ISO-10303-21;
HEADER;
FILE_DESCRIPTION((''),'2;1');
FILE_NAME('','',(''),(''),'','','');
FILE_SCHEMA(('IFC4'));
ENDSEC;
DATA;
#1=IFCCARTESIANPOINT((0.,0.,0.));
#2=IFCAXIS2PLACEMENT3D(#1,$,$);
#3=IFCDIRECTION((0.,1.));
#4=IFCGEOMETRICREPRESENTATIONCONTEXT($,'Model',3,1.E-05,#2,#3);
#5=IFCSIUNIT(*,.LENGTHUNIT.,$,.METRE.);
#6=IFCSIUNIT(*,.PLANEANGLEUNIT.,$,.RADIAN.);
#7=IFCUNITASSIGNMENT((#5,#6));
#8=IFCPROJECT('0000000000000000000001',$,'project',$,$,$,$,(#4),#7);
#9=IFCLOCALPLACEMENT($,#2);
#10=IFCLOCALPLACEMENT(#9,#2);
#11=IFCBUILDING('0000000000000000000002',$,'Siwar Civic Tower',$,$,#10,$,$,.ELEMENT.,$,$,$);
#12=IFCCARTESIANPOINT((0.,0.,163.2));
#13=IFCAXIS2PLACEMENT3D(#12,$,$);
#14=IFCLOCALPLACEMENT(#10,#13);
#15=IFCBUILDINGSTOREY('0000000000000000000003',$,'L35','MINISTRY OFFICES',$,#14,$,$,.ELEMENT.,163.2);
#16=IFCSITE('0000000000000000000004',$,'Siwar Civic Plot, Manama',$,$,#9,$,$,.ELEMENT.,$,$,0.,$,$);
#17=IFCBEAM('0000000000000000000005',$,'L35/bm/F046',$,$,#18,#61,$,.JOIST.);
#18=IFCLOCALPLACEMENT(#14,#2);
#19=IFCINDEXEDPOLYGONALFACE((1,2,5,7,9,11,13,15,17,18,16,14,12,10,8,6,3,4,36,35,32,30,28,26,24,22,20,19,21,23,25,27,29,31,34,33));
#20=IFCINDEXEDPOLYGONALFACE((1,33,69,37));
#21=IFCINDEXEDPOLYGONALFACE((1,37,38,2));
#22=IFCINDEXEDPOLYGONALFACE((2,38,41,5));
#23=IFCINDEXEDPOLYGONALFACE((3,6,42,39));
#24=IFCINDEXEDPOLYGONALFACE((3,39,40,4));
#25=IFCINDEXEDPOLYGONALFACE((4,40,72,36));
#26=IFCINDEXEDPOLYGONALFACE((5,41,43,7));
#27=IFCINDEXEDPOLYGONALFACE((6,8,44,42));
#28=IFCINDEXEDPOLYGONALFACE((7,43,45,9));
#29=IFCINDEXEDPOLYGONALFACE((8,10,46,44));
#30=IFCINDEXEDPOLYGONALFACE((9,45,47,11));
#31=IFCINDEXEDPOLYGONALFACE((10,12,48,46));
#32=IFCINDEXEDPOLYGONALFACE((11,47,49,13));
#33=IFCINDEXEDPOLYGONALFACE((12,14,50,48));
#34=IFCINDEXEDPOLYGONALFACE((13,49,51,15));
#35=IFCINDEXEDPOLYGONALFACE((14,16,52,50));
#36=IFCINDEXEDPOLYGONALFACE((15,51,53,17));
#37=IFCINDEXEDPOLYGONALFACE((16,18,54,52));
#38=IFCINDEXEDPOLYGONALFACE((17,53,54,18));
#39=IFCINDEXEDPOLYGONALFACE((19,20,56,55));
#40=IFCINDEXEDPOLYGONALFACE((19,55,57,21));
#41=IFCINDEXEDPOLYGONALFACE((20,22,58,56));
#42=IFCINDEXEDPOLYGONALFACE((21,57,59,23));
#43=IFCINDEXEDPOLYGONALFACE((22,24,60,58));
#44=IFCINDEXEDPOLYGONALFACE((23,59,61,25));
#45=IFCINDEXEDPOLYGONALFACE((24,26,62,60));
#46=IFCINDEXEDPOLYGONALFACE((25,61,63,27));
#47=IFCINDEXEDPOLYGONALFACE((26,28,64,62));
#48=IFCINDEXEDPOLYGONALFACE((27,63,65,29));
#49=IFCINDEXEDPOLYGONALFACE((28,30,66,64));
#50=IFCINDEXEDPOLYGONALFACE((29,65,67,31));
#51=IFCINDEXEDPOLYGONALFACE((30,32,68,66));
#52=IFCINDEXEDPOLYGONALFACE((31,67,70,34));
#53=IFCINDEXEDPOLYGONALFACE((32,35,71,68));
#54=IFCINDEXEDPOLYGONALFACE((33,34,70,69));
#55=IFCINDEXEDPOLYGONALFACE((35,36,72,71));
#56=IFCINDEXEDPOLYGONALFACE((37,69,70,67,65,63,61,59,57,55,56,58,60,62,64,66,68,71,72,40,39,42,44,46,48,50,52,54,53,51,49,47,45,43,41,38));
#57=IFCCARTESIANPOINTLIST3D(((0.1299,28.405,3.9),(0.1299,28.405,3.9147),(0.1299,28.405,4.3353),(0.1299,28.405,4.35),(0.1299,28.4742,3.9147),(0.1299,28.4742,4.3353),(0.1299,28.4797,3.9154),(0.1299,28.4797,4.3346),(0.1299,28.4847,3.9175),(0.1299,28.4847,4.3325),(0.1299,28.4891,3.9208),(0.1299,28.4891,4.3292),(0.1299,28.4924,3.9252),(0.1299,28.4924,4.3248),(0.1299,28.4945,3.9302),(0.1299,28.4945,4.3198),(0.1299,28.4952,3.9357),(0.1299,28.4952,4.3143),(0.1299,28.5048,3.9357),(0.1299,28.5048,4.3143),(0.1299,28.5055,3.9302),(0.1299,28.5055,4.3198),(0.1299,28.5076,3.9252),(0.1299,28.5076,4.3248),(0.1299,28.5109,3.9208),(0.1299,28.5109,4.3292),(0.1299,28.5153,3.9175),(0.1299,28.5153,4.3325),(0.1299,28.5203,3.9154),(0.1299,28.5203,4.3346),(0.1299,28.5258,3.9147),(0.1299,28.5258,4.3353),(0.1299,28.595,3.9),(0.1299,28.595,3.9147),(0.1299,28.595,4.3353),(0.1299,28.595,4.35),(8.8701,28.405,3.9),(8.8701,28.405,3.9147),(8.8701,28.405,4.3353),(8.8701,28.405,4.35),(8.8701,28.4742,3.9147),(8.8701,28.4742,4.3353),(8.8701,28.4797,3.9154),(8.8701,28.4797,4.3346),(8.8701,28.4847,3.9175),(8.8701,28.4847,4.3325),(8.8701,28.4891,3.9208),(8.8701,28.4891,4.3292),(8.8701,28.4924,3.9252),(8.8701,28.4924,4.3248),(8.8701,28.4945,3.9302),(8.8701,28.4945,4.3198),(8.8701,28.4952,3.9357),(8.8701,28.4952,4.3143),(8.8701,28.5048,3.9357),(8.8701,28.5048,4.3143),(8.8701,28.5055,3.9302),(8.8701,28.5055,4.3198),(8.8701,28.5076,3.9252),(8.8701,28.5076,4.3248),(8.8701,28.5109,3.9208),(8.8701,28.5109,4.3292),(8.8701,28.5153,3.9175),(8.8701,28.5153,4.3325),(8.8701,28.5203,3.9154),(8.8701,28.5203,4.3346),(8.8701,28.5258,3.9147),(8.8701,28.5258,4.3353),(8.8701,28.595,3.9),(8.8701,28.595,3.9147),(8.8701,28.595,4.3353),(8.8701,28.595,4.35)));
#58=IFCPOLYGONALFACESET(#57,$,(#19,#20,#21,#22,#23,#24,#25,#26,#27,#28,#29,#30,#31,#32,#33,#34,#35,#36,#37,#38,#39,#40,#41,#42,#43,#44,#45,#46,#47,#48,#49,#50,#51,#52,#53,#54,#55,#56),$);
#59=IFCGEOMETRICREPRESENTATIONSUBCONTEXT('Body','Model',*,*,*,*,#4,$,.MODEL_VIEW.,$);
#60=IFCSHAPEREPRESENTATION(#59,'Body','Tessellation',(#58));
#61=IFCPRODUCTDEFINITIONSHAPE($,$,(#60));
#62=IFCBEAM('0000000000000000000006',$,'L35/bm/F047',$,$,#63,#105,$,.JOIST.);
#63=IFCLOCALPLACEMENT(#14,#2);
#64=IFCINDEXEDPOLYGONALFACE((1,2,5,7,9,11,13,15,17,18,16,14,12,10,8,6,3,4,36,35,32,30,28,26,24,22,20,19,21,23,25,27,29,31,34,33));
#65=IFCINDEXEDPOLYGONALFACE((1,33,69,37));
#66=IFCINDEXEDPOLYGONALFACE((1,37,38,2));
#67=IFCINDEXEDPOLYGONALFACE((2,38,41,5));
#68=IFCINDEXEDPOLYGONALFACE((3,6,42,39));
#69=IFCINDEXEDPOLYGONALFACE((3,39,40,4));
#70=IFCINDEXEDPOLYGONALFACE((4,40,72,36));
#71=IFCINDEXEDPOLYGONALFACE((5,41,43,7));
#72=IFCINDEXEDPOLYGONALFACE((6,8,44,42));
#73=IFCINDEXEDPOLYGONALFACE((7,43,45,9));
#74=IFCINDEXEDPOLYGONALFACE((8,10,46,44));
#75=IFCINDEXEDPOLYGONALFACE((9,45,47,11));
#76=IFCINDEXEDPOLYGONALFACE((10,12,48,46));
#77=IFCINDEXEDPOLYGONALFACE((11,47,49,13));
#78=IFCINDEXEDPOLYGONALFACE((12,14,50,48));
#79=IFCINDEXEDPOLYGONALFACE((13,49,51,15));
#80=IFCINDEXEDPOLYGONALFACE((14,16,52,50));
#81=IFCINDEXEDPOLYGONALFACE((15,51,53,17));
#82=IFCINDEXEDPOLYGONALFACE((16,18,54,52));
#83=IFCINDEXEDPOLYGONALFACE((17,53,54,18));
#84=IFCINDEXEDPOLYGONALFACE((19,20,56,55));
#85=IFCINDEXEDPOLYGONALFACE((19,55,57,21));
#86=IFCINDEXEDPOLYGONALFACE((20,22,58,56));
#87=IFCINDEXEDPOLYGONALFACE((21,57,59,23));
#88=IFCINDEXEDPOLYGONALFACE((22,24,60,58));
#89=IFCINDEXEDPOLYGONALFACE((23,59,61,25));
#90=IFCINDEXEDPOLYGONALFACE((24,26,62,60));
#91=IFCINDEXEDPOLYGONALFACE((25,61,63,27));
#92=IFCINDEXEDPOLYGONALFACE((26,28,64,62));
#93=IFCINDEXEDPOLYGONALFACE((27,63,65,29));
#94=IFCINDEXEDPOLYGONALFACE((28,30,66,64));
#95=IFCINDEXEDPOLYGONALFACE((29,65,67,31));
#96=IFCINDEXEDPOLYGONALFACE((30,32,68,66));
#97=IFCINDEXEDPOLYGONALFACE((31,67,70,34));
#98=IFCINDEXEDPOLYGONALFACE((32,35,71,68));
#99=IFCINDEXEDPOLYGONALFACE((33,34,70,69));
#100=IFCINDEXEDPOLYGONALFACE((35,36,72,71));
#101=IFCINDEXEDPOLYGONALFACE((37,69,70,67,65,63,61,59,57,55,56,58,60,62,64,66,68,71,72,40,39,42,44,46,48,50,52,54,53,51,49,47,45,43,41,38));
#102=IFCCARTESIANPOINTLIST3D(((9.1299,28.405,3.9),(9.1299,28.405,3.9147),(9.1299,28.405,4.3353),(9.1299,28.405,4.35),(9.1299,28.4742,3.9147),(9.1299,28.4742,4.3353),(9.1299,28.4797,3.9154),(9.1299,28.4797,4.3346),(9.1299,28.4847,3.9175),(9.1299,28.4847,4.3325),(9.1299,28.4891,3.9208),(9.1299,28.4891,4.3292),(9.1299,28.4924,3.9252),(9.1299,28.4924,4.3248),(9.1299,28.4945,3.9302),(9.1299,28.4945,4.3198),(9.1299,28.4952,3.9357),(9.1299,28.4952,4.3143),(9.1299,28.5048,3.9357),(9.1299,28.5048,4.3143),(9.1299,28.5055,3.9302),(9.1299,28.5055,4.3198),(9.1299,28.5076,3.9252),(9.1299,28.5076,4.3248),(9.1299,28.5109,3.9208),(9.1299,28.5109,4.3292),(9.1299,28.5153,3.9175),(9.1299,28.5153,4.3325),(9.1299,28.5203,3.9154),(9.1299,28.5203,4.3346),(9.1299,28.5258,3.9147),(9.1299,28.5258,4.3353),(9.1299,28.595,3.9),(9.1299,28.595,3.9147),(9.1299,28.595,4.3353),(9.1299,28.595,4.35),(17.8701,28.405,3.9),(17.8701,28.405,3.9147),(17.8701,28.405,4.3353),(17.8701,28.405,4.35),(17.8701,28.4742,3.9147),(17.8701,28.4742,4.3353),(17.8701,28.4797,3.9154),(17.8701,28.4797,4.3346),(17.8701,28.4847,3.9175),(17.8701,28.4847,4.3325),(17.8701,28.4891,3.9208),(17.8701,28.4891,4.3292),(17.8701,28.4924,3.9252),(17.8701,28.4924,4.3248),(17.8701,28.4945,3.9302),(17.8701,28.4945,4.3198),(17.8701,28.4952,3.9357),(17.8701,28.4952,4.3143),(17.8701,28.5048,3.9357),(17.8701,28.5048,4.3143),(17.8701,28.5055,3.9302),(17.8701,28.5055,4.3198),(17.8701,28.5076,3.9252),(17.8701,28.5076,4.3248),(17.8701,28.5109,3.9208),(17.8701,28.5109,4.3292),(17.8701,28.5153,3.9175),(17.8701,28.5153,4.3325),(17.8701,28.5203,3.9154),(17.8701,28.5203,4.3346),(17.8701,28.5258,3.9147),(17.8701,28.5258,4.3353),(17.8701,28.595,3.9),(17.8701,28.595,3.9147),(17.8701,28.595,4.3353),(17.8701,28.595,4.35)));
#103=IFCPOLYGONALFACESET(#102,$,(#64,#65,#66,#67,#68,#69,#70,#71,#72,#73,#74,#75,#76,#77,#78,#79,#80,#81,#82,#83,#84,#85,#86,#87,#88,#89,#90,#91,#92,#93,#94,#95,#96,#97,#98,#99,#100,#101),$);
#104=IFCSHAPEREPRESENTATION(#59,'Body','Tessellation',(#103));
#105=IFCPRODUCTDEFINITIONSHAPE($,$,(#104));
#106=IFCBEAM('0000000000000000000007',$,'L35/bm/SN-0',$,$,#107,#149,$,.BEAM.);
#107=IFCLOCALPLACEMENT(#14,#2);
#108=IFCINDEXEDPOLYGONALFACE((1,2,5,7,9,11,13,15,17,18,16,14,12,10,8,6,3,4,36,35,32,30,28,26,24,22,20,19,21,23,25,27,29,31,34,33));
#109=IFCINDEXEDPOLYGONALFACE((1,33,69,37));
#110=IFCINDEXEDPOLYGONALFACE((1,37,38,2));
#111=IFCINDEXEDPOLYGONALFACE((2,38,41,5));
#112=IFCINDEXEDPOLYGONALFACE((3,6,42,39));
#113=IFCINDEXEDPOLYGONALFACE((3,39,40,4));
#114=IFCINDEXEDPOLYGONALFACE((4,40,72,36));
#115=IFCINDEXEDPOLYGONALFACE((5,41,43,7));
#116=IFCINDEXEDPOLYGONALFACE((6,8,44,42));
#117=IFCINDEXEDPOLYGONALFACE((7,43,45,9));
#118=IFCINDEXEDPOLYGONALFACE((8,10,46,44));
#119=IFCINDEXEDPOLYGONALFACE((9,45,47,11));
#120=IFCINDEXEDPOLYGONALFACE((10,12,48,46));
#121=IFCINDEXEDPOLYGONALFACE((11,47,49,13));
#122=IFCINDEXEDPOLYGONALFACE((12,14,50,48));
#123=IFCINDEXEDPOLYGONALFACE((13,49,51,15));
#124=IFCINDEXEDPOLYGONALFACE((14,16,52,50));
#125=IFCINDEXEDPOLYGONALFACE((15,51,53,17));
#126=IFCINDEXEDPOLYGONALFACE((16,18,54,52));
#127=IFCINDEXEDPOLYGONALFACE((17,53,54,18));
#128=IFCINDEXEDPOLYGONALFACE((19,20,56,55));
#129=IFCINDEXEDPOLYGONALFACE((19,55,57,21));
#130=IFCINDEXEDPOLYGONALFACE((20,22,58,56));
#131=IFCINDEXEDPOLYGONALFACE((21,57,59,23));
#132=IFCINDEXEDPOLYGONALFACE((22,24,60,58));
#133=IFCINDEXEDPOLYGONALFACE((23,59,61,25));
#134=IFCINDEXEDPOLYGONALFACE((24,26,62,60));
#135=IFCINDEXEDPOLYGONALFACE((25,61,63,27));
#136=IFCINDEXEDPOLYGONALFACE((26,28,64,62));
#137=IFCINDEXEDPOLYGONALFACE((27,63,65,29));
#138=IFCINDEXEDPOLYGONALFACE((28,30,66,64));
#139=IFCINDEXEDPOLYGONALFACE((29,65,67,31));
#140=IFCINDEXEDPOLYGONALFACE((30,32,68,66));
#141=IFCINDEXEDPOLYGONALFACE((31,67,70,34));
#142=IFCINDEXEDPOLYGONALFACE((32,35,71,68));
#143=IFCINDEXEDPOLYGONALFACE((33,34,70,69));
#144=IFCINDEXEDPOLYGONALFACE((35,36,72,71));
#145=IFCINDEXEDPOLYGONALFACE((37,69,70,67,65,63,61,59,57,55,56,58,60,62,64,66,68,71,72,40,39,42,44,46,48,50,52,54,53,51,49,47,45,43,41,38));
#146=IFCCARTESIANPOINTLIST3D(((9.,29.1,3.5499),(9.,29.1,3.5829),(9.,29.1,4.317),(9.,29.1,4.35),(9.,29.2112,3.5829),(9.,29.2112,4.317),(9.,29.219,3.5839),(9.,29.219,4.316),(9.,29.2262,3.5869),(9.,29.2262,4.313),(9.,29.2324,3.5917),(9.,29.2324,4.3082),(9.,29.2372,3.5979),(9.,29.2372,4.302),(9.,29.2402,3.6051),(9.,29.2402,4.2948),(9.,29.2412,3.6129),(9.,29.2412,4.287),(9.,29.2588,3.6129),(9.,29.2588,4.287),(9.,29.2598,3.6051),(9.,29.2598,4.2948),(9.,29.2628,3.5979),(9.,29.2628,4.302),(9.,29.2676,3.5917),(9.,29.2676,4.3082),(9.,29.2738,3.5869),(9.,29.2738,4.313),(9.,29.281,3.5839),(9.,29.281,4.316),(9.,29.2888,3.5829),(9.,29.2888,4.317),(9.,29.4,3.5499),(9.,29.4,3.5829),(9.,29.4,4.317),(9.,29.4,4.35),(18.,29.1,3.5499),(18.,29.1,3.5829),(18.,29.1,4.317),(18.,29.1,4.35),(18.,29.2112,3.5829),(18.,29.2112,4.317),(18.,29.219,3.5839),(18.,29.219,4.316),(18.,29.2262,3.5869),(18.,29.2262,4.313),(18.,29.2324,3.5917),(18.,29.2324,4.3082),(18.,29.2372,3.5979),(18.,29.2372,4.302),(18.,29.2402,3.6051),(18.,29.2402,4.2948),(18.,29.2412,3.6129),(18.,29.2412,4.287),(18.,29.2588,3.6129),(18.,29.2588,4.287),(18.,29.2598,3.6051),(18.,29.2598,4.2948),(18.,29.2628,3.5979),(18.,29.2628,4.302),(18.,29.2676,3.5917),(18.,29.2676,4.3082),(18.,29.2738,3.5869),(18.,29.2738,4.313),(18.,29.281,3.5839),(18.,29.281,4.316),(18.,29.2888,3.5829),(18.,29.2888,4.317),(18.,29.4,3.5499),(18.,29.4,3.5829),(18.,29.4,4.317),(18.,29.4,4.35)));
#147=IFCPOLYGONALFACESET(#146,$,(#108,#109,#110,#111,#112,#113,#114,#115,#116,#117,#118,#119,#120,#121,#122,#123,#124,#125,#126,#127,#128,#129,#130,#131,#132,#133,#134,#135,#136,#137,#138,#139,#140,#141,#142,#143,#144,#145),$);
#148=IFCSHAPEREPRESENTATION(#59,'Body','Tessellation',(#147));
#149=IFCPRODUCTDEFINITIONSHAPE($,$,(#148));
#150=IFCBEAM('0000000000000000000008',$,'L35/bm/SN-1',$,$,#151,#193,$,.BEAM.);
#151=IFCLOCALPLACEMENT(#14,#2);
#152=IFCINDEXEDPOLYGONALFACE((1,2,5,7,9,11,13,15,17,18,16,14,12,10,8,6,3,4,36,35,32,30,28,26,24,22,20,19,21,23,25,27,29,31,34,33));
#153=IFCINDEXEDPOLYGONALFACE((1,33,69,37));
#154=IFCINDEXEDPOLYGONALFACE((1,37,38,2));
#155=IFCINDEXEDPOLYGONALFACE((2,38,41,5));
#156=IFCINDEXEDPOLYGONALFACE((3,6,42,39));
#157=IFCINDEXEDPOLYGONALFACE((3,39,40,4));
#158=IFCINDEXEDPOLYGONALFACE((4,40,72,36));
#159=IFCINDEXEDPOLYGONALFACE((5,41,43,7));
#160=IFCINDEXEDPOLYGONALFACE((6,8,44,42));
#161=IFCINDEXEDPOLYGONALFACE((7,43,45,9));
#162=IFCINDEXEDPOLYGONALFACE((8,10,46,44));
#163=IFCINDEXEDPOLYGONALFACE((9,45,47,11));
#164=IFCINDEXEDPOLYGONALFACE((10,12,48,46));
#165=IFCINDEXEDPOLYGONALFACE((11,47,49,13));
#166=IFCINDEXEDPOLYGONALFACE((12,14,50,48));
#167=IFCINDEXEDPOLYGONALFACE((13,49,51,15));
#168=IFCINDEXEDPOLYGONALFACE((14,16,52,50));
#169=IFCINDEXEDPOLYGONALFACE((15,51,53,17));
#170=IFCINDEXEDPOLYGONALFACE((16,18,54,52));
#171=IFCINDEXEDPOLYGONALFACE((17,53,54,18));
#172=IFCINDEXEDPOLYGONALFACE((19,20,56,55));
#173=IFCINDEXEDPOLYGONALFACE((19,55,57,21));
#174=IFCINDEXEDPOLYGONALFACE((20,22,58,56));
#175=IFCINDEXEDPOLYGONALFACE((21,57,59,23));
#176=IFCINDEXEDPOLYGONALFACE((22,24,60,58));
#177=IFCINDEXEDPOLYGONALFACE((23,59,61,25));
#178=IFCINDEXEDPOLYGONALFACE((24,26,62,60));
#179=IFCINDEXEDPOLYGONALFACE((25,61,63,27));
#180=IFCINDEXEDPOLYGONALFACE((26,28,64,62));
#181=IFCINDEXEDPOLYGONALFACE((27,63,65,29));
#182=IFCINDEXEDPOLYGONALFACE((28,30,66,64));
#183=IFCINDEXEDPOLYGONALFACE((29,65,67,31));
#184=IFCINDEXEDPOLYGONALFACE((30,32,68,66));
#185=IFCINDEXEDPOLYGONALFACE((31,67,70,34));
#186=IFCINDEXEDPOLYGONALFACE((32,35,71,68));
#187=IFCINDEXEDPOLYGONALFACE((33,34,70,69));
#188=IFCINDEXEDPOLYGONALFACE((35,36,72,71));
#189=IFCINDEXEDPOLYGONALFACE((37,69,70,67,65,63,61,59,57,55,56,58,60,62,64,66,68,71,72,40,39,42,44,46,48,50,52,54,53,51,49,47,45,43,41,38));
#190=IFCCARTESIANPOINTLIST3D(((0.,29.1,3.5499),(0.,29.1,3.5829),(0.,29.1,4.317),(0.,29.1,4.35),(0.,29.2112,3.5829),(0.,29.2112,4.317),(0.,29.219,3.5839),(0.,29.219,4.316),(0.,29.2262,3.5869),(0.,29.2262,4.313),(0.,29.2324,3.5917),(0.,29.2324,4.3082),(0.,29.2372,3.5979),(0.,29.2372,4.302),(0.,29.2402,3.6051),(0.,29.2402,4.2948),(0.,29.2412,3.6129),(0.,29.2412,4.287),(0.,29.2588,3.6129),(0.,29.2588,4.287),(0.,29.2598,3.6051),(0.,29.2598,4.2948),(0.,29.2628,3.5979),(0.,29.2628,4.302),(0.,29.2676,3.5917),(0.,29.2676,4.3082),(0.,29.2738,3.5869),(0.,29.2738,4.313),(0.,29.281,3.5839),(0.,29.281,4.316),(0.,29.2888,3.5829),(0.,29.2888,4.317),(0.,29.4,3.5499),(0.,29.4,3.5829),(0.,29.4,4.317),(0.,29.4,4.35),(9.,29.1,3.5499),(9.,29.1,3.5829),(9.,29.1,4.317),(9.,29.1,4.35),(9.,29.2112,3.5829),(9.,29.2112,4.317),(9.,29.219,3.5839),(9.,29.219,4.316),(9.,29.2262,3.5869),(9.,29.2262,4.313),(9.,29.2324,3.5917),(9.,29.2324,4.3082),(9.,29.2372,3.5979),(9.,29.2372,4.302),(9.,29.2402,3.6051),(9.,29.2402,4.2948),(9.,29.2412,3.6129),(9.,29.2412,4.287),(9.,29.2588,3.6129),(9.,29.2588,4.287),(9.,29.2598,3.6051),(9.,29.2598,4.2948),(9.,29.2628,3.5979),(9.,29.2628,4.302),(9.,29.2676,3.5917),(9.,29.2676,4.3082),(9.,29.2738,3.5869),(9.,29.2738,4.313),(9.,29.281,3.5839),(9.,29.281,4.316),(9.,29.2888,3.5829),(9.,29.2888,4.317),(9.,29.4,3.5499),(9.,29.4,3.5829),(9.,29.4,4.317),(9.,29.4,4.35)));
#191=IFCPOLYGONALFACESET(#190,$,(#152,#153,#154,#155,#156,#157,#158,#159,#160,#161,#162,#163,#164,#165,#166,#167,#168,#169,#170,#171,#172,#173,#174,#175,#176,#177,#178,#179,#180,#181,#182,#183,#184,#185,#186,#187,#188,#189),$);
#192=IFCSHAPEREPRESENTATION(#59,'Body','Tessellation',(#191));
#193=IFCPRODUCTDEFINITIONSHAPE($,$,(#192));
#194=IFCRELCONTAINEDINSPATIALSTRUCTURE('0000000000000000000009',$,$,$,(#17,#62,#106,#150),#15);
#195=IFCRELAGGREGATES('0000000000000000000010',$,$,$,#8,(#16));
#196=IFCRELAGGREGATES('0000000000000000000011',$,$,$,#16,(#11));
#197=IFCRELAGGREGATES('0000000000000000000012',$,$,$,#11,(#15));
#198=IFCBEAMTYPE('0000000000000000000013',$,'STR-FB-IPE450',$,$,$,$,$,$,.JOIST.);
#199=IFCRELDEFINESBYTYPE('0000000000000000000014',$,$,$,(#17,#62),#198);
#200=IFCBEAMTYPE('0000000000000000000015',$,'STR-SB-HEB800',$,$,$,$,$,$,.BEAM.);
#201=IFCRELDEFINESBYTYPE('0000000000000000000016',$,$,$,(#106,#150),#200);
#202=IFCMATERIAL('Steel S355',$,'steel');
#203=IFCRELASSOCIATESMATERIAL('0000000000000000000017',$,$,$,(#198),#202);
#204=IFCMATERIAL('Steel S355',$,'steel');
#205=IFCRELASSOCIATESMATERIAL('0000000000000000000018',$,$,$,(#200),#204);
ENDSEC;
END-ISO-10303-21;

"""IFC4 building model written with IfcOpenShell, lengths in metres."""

from ifc_helpers import new_model, si_unit, direction, frame, origin, origin_2d, place, context, subcontext, project, spatial, i_section, extrude, material, material_profile, profile_set, type_object, element, save


model = new_model("IFC4")

# Units and contexts
model_context = context("Model", 3, precision=1e-05, world=origin(), true_north=direction((0.0, 1.0)))
body_context = subcontext(model_context, "Body", "Model", "MODEL_VIEW")
ifc_project = project(units=[si_unit("LENGTHUNIT", "METRE"), si_unit("PLANEANGLEUNIT", "RADIAN")], contexts=[model_context])

# Site, building, storey
site_placement = place(None, origin())
site = spatial("IfcSite", under=ifc_project, at=site_placement, Name="Siwar Civic Plot, Manama", CompositionType="ELEMENT", RefElevation=0.0)
building_placement = place(site_placement, origin())
building = spatial("IfcBuilding", under=site, at=building_placement, Name="Siwar Civic Tower", CompositionType="ELEMENT")
storey_placement = place(building_placement, frame((0.0, 0.0, 163.2)))
storey = spatial("IfcBuildingStorey", under=building, at=storey_placement, Name="L35", Description="MINISTRY OFFICES", CompositionType="ELEMENT", Elevation=163.2)

# Beams
ifc_material_1 = material(Name="Steel S355", Category="steel")
ifc_material_profile_1 = material_profile(ifc_material_1, i_section(OverallWidth=0.1899, OverallDepth=0.45, WebThickness=0.0095, FlangeThickness=0.0146, FilletRadius=0.021, at=origin_2d()), Name="IPE450")
ifc_profile_set_1 = profile_set([ifc_material_profile_1], Name="Steel S355")
beam_type_1 = type_object("IfcBeamType", Name="STR-FB-IPE450", PredefinedType="JOIST", material=ifc_profile_set_1)
for number, where, z_axis, x_axis, name in (
    (1, (0.1299, 28.5, 4.125), (1.0, 0.0, 0.0), (0.0, 1.0, 0.0), "L35/bm/F046"),
    (2, (9.1299, 28.5, 4.125), (1.0, 0.0, 0.0), (0.0, 1.0, 0.0), "L35/bm/F047"),
):
    element("IfcBeam", number, at=place(storey_placement, frame(where, z_axis=z_axis, x_axis=x_axis)), inside=storey, type_object=beam_type_1, Name=name, PredefinedType="JOIST", context=body_context, shape_type="SweptSolid", body=[
        extrude(i_section(OverallWidth=0.1899, OverallDepth=0.45, WebThickness=0.0095, FlangeThickness=0.0146, FilletRadius=0.021, at=origin_2d()), origin(), (0.0, 0.0, 1.0), 8.7402),
    ])
ifc_material_2 = material(Name="Steel S355", Category="steel")
ifc_material_profile_2 = material_profile(ifc_material_2, i_section(OverallWidth=0.3, OverallDepth=0.8, WebThickness=0.0176, FlangeThickness=0.033, FilletRadius=0.03, at=origin_2d()), Name="HEB800")
ifc_profile_set_2 = profile_set([ifc_material_profile_2], Name="Steel S355")
beam_type_2 = type_object("IfcBeamType", Name="STR-SB-HEB800", PredefinedType="BEAM", material=ifc_profile_set_2)
for number, where, z_axis, x_axis, name in (
    (3, (18.0, 29.25, 3.95), (-1.0, 0.0, 0.0), (0.0, -1.0, 0.0), "L35/bm/SN-0"),
    (4, (9.0, 29.25, 3.95), (-1.0, 0.0, 0.0), (0.0, -1.0, 0.0), "L35/bm/SN-1"),
):
    element("IfcBeam", number, at=place(storey_placement, frame(where, z_axis=z_axis, x_axis=x_axis)), inside=storey, type_object=beam_type_2, Name=name, PredefinedType="BEAM", context=body_context, shape_type="SweptSolid", body=[
        extrude(i_section(OverallWidth=0.3, OverallDepth=0.8, WebThickness=0.0176, FlangeThickness=0.033, FilletRadius=0.03, at=origin_2d()), origin(), (0.0, 0.0, 1.0), 9.0),
    ])

save(model, "model.ifc")
